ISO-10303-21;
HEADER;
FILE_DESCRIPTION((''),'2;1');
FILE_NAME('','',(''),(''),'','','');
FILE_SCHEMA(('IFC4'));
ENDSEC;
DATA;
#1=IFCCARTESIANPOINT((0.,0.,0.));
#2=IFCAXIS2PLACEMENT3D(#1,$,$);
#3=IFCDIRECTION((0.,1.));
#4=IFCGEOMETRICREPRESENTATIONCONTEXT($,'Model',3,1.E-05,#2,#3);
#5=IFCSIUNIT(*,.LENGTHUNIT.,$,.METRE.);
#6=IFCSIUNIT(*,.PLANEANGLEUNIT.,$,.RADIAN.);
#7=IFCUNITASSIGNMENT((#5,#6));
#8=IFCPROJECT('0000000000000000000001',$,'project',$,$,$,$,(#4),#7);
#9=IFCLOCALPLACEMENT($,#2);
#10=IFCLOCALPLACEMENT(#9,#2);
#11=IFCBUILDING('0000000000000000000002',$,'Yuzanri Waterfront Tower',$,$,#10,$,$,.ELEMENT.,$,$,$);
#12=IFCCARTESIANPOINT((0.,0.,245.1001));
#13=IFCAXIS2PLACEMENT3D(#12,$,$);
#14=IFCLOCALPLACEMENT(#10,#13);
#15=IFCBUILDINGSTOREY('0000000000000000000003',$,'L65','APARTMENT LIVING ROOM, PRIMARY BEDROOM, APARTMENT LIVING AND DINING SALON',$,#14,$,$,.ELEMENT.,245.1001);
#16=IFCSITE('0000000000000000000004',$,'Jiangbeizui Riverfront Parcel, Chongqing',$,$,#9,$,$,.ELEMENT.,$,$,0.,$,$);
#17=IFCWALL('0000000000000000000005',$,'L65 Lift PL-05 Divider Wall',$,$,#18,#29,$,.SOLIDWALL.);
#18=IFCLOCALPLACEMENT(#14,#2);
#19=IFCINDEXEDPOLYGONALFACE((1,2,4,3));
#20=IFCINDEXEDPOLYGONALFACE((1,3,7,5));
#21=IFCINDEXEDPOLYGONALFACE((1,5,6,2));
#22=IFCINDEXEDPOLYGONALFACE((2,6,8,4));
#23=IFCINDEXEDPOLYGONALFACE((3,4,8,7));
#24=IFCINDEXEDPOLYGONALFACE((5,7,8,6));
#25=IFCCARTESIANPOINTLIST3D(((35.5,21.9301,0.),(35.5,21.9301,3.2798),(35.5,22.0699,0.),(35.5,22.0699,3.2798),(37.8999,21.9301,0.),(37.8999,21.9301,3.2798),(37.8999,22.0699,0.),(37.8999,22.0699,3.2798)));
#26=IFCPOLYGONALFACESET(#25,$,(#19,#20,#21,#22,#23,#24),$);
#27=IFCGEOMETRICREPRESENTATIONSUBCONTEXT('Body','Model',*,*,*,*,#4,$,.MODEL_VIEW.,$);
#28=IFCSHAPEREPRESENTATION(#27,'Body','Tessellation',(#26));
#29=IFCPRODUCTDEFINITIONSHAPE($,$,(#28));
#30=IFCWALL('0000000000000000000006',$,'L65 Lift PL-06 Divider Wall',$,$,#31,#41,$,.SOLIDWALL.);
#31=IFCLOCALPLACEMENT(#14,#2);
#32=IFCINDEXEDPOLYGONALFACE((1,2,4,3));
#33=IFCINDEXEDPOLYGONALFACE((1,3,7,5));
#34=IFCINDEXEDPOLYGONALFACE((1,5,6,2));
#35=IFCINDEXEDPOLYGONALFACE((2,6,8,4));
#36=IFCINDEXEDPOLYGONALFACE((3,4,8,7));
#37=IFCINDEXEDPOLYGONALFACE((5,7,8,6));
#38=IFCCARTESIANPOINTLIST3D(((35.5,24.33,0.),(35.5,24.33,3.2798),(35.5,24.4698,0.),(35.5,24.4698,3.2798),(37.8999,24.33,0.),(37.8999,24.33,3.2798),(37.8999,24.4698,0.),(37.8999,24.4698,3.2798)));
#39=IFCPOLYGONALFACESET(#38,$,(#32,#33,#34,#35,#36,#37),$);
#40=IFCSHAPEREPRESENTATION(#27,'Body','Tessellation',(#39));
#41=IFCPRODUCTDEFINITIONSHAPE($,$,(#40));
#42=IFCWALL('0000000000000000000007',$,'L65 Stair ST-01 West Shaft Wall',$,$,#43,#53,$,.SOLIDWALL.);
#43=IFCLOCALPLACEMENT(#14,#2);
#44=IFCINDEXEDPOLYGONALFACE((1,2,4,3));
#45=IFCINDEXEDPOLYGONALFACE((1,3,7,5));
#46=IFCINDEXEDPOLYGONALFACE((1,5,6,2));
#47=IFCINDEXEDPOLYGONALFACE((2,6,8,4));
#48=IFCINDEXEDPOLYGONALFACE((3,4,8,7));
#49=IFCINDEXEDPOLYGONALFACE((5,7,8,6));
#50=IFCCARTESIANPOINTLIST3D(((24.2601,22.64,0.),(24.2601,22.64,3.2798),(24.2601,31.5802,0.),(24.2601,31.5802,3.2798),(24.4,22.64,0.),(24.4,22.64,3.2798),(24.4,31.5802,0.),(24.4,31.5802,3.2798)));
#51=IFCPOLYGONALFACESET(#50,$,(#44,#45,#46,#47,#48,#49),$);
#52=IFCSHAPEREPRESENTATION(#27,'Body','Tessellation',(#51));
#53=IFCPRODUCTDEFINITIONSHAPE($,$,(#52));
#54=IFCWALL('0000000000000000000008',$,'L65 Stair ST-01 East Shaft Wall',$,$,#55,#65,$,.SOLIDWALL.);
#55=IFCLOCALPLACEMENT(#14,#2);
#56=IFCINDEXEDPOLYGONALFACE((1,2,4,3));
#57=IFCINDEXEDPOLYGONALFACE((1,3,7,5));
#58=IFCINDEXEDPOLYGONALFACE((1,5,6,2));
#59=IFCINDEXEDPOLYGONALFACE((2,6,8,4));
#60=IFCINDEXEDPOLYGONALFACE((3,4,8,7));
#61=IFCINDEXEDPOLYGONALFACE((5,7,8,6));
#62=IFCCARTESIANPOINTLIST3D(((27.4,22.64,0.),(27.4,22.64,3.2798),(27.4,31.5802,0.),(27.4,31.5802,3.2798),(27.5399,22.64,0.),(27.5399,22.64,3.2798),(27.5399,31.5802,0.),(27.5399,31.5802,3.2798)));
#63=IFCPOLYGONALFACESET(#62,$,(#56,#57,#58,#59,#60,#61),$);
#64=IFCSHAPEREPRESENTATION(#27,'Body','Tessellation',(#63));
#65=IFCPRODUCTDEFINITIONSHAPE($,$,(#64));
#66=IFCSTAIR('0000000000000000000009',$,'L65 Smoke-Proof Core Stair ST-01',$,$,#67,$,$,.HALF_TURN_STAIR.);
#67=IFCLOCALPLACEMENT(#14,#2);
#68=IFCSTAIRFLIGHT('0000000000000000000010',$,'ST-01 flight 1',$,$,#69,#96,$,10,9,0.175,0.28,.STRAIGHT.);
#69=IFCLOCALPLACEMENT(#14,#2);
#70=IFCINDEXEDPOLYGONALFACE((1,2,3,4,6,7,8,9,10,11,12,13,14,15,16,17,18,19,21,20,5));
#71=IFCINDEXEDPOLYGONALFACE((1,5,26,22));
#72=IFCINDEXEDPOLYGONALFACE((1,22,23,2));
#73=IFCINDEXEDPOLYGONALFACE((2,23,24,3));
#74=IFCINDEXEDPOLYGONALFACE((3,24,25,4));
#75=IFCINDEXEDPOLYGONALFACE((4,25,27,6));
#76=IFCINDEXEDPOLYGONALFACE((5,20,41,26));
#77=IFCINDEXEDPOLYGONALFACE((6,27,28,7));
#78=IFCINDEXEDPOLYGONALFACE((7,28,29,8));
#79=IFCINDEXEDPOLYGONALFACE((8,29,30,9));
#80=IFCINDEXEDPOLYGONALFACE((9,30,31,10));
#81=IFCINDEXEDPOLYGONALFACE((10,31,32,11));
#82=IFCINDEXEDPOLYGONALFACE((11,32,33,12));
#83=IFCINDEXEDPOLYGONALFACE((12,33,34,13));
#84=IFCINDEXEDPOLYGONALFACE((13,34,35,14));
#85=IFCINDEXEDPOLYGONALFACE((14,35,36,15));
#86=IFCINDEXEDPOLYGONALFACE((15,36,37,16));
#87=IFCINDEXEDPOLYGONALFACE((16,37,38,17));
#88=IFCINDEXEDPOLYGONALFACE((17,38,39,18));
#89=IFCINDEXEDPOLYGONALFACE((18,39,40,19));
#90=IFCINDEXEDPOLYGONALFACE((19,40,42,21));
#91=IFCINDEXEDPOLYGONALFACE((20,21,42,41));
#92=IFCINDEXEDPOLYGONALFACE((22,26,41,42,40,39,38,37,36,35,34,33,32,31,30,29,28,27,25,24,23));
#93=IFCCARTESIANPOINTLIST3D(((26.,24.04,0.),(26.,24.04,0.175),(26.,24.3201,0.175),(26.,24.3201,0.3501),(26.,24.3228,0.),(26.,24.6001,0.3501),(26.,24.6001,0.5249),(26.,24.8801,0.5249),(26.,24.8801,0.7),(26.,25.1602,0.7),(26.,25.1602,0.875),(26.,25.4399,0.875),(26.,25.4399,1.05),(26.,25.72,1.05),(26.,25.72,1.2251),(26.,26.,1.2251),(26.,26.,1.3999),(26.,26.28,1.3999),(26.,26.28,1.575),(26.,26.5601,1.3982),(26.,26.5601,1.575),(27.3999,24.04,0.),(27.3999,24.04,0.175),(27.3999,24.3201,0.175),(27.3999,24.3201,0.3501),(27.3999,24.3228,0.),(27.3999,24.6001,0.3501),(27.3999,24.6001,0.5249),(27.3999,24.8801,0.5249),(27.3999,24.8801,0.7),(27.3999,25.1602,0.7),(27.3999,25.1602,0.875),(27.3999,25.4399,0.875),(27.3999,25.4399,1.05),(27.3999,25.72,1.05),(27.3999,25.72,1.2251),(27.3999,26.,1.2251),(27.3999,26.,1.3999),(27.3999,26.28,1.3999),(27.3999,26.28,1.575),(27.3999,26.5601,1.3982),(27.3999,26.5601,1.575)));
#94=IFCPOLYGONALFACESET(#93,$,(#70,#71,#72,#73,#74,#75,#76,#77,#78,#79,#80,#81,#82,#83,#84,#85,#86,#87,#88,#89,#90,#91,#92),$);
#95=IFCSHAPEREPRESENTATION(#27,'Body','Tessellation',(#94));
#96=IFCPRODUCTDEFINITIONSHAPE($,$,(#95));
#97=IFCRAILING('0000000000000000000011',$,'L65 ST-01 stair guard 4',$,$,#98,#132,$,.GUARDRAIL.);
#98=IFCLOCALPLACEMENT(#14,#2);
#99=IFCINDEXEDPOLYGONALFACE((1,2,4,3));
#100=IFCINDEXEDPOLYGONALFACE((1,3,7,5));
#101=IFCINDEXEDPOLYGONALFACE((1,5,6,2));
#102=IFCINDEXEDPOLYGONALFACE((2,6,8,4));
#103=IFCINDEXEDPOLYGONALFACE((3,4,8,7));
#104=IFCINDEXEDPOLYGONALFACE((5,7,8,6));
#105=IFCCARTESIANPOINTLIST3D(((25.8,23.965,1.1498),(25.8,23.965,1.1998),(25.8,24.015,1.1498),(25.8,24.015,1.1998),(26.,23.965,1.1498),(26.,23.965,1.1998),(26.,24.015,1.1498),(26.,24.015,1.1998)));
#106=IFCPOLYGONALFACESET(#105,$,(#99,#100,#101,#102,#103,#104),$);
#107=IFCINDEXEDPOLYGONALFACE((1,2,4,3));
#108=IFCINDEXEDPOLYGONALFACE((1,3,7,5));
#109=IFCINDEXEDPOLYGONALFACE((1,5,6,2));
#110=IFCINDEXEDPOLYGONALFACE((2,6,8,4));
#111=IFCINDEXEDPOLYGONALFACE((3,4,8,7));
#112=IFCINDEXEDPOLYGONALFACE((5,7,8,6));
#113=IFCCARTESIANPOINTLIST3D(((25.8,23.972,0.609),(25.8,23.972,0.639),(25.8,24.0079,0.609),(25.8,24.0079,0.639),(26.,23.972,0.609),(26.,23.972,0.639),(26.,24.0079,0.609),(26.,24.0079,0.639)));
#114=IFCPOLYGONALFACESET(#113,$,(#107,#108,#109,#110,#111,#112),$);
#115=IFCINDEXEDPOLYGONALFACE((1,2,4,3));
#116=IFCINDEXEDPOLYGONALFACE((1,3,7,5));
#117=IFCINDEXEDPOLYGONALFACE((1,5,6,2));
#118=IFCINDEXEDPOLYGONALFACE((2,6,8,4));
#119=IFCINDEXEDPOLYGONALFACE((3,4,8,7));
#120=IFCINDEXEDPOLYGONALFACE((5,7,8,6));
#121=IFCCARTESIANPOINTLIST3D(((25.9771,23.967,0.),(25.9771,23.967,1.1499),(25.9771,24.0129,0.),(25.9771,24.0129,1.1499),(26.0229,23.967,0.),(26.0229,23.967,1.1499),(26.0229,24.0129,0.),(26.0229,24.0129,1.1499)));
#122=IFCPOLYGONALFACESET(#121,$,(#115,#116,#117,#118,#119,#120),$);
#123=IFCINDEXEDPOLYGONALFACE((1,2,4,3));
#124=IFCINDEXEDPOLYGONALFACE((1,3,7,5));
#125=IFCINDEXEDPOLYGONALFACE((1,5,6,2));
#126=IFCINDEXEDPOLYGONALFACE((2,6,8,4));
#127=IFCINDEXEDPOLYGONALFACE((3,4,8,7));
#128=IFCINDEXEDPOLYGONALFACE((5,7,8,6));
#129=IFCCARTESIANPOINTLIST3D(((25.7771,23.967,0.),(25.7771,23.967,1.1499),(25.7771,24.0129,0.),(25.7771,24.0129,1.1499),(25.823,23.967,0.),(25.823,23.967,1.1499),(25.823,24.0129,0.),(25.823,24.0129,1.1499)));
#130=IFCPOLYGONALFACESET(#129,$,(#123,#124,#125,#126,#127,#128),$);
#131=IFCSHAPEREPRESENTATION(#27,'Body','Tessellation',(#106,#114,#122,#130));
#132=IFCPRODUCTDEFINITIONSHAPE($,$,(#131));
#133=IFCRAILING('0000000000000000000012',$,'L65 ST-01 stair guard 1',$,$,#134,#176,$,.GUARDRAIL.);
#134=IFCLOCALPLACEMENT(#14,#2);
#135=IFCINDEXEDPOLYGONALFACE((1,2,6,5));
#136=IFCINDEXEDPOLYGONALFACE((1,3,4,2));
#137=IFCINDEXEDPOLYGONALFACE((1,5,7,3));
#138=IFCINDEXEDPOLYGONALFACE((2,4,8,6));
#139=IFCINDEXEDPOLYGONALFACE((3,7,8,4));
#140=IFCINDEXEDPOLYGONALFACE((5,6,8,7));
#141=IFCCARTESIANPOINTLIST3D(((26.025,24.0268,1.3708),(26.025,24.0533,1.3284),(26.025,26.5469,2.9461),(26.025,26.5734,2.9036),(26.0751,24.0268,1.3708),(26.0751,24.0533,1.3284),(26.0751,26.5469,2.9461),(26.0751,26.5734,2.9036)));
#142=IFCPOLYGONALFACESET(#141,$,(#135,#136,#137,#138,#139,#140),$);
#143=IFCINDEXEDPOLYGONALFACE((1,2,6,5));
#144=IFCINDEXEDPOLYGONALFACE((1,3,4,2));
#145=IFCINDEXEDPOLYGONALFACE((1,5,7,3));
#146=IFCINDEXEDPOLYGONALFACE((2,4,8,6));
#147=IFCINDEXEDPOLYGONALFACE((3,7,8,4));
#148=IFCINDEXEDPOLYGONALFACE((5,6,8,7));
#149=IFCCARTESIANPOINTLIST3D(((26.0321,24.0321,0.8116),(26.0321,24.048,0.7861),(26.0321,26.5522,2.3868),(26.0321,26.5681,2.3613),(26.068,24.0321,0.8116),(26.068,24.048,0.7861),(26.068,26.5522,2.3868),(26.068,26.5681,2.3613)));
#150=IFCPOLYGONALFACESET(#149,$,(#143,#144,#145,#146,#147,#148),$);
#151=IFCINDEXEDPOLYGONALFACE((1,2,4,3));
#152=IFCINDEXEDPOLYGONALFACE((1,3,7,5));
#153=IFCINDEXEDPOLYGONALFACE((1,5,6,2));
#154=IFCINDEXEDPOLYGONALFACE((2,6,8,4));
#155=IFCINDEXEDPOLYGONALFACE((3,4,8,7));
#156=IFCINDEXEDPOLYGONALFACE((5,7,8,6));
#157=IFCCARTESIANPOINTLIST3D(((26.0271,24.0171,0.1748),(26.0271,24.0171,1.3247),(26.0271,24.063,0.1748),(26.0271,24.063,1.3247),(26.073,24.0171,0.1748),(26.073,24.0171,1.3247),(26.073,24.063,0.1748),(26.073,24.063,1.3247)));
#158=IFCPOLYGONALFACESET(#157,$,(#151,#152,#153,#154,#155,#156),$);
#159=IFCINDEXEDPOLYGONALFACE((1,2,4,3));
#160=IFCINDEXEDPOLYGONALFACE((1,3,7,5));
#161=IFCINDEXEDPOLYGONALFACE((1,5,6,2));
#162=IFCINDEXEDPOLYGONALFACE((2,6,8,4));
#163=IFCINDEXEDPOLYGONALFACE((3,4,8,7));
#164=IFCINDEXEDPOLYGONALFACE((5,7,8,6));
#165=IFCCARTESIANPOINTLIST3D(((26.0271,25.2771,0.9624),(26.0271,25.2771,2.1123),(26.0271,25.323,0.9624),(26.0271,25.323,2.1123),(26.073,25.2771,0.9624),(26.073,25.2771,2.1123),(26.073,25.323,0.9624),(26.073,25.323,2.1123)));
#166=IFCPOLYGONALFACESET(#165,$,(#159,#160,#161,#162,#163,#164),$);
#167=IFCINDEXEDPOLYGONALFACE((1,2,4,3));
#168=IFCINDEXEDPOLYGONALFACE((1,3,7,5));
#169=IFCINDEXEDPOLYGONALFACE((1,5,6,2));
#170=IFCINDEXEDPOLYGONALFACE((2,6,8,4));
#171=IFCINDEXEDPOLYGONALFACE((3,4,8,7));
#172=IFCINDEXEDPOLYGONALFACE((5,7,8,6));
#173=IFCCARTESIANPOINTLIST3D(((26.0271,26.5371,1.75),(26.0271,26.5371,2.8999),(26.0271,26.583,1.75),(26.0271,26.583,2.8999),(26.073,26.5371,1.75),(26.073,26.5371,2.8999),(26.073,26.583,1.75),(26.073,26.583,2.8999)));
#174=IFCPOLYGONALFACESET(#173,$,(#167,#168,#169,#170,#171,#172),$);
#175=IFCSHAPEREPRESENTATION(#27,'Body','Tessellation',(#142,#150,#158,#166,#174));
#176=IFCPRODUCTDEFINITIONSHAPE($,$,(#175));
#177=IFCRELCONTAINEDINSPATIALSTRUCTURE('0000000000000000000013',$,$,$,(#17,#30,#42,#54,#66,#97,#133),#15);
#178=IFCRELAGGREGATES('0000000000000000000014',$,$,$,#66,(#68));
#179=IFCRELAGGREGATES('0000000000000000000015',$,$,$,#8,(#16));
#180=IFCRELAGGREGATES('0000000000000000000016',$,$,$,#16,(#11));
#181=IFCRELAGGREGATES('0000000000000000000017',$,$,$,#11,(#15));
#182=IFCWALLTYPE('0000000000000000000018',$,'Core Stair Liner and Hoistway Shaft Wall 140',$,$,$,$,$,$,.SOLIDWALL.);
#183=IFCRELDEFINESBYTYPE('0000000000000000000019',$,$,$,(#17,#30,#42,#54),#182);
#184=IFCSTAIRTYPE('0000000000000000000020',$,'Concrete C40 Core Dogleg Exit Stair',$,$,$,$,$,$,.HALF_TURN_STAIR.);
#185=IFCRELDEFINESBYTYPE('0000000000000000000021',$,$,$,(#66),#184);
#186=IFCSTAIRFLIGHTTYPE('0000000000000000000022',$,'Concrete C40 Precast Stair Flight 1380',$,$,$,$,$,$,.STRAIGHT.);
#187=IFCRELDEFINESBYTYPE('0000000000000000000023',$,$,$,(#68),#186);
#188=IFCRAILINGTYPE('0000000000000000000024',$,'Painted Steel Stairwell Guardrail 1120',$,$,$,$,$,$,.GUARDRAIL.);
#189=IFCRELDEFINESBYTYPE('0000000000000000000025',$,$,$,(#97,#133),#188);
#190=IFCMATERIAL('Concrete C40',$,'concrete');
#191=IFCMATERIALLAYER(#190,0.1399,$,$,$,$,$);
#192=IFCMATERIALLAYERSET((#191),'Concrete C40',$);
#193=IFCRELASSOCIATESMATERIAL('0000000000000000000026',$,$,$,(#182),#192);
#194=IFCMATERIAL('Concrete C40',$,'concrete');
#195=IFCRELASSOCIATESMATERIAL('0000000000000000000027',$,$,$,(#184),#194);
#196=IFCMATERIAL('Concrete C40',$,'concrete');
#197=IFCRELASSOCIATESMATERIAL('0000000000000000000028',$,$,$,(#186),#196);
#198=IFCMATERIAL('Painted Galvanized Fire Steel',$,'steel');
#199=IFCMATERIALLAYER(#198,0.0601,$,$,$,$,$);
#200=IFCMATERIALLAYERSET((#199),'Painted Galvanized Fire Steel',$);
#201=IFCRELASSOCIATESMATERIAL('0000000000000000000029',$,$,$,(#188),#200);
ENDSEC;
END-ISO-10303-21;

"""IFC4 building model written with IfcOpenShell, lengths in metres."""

from ifc_helpers import new_model, si_unit, direction, frame, frame_2d, origin, origin_2d, place, context, subcontext, project, spatial, polyline, rectangle, outline, extrude, source, transform, mapped, material, layer, layer_set, type_object, element, aggregate, save


model = new_model("IFC4")

# Units and contexts
model_context = context("Model", 3, precision=1e-05, world=origin(), true_north=direction((0.0, 1.0)))
body_context = subcontext(model_context, "Body", "Model", "MODEL_VIEW")
ifc_project = project(units=[si_unit("LENGTHUNIT", "METRE"), si_unit("PLANEANGLEUNIT", "RADIAN")], contexts=[model_context])

# Site, building, storey
site_placement = place(None, origin())
site = spatial("IfcSite", under=ifc_project, at=site_placement, Name="Jiangbeizui Riverfront Parcel, Chongqing", CompositionType="ELEMENT", RefElevation=0.0)
building_placement = place(site_placement, origin())
building = spatial("IfcBuilding", under=site, at=building_placement, Name="Yuzanri Waterfront Tower", CompositionType="ELEMENT")
storey_placement = place(building_placement, frame((0.0, 0.0, 245.1001)))
storey = spatial("IfcBuildingStorey", under=building, at=storey_placement, Name="L65", Description="APARTMENT LIVING ROOM, PRIMARY BEDROOM, APARTMENT LIVING AND DINING SALON", CompositionType="ELEMENT", Elevation=245.1001)

# Shared definitions
ifc_material_1 = material(Name="Concrete C40", Category="concrete")
ifc_layer_1 = layer(ifc_material_1, 0.1399)
ifc_layer_set_1 = layer_set([ifc_layer_1], Name="Concrete C40")
wall_type_1 = type_object("IfcWallType", Name="Core Stair Liner and Hoistway Shaft Wall 140", PredefinedType="SOLIDWALL", material=ifc_layer_set_1)

# Walls
shared_shape_1 = source(origin(), body_context, "Body", "SweptSolid", [
    extrude(rectangle(XDim=2.3999, YDim=0.1399, at=frame_2d((1.2, 0.0))), origin(), (0.0, 0.0, 1.0), 3.2798),
])
for number, where, z_axis, x_axis, name in (
    (1, (35.5, 22.0, 0.0), (0.0, 0.0, 1.0), (1.0, 0.0, 0.0), "L65 Lift PL-05 Divider Wall"),
    (2, (35.5, 24.3999, 0.0), (0.0, 0.0, 1.0), (1.0, 0.0, 0.0), "L65 Lift PL-06 Divider Wall"),
):
    element("IfcWall", number, at=place(storey_placement, frame(where, z_axis=z_axis, x_axis=x_axis)), inside=storey, type_object=wall_type_1, Name=name, PredefinedType="SOLIDWALL", context=body_context, shape_type="MappedRepresentation", body=[
        mapped(shared_shape_1, transform((0.0, 0.0, 0.0), scale=1.0)),
    ])
shared_shape_2 = source(origin(), body_context, "Body", "SweptSolid", [
    extrude(rectangle(XDim=8.9402, YDim=0.1399, at=frame_2d((4.4702, 0.0))), origin(), (0.0, 0.0, 1.0), 3.2798),
])
for number, where, z_axis, x_axis, name in (
    (3, (24.3301, 22.6399, 0.0), (0.0, 0.0, 1.0), (0.0, 1.0, 0.0), "L65 Stair ST-01 West Shaft Wall"),
    (4, (27.47, 22.6399, 0.0), (0.0, 0.0, 1.0), (0.0, 1.0, 0.0), "L65 Stair ST-01 East Shaft Wall"),
):
    element("IfcWall", number, at=place(storey_placement, frame(where, z_axis=z_axis, x_axis=x_axis)), inside=storey, type_object=wall_type_1, Name=name, PredefinedType="SOLIDWALL", context=body_context, shape_type="MappedRepresentation", body=[
        mapped(shared_shape_2, transform((0.0, 0.0, 0.0), scale=1.0)),
    ])

# Stair, stair flight
ifc_material_2 = material(Name="Concrete C40", Category="concrete")
stair_type = type_object("IfcStairType", Name="Concrete C40 Core Dogleg Exit Stair", PredefinedType="HALF_TURN_STAIR", material=ifc_material_2)
stair_placement = place(storey_placement, origin())
stair = element("IfcStair", 5, at=stair_placement, inside=storey, type_object=stair_type, Name="L65 Smoke-Proof Core Stair ST-01", PredefinedType="HALF_TURN_STAIR")
ifc_material_3 = material(Name="Concrete C40", Category="concrete")
stair_flight_type = type_object("IfcStairFlightType", Name="Concrete C40 Precast Stair Flight 1380", PredefinedType="STRAIGHT", material=ifc_material_3)
shared_shape_3 = source(origin(), body_context, "Body", "SweptSolid", [
    extrude(outline(polyline([(0.0, 0.0), (0.0, 0.175), (0.28, 0.175), (0.28, 0.3501), (0.5601, 0.3501), (0.5601, 0.5249), (0.8401, 0.5249), (0.8401, 0.7), (1.1201, 0.7), (1.1201, 0.875), (1.3999, 0.875), (1.3999, 1.05), (1.6799, 1.05), (1.6799, 1.2251), (1.96, 1.2251), (1.96, 1.3999), (2.24, 1.3999), (2.24, 1.575), (2.52, 1.575), (2.52, 1.75), (2.52, 1.3982), (0.2827, 0.0), (0.0, 0.0)])), frame((0.0, 0.7, 0.0), z_axis=(0.0, -1.0, 0.0), x_axis=(1.0, 0.0, 0.0)), (0.0, 0.0, 1.0), 1.3999),
])
stair_flight_placement = place(storey_placement, frame((26.7, 24.04, 0.0), z_axis=(0.0, 0.0, 1.0), x_axis=(0.0, 1.0, 0.0)))
stair_flight = element("IfcStairFlight", 6, at=stair_flight_placement, type_object=stair_flight_type, Name="ST-01 flight 1", NumberOfRisers=10, NumberOfTreads=9, PredefinedType="STRAIGHT", RiserHeight=0.175, TreadLength=0.28, context=body_context, shape_type="MappedRepresentation", body=[
    mapped(shared_shape_3, transform((0.0, 0.0, 0.0), scale=1.0)),
])
aggregate(stair, [stair_flight])

# Railings
ifc_material_4 = material(Name="Painted Galvanized Fire Steel", Category="steel")
ifc_layer_2 = layer(ifc_material_4, 0.0601)
ifc_layer_set_2 = layer_set([ifc_layer_2], Name="Painted Galvanized Fire Steel")
railing_type_1 = type_object("IfcRailingType", Name="Painted Steel Stairwell Guardrail 1120", PredefinedType="GUARDRAIL", material=ifc_layer_set_2)
shared_shape_4 = source(origin(), body_context, "Body", "SweptSolid", [
    extrude(rectangle(XDim=0.05, YDim=0.05, at=origin_2d()), frame((0.0, 0.0, 1.1748), z_axis=(-1.0, 0.0, 0.0), x_axis=(0.0, -1.0, 0.0)), (0.0, 0.0, 1.0), 0.2),
    extrude(rectangle(XDim=0.0359, YDim=0.03, at=origin_2d()), frame((0.0, 0.0, 0.624), z_axis=(-1.0, 0.0, 0.0), x_axis=(0.0, -1.0, 0.0)), (0.0, 0.0, 1.0), 0.2),
    extrude(rectangle(XDim=0.0459, YDim=0.0459, at=origin_2d()), origin(), (0.0, 0.0, 1.0), 1.1499),
    extrude(rectangle(XDim=0.0459, YDim=0.0459, at=origin_2d()), frame((-0.2, 0.0, 0.0)), (0.0, 0.0, 1.0), 1.1499),
])
railing_1_placement = place(storey_placement, frame((26.0, 23.99, 0.0)))
element("IfcRailing", 7, at=railing_1_placement, inside=storey, type_object=railing_type_1, Name="L65 ST-01 stair guard 4", PredefinedType="GUARDRAIL", context=body_context, shape_type="MappedRepresentation", body=[
    mapped(shared_shape_4, transform((0.0, 0.0, 0.0), scale=1.0)),
])
shared_shape_5 = source(origin(), body_context, "Body", "SweptSolid", [
    extrude(rectangle(XDim=0.05, YDim=0.05, at=origin_2d()), frame((0.0, 0.0, 1.1748), z_axis=(0.0, 0.847971, 0.530043), x_axis=(-1.0, 0.0, 0.0)), (0.0, 0.0, 1.0), 2.9719),
    extrude(rectangle(XDim=0.0359, YDim=0.03, at=origin_2d()), frame((0.0, 0.0, 0.624), z_axis=(0.0, 0.847971, 0.530043), x_axis=(-1.0, 0.0, 0.0)), (0.0, 0.0, 1.0), 2.9719),
    extrude(rectangle(XDim=0.0459, YDim=0.0459, at=origin_2d()), origin(), (0.0, 0.0, 1.0), 1.1499),
    extrude(rectangle(XDim=0.0459, YDim=0.0459, at=origin_2d()), frame((0.0, 1.26, 0.7876)), (0.0, 0.0, 1.0), 1.1499),
    extrude(rectangle(XDim=0.0459, YDim=0.0459, at=origin_2d()), frame((0.0, 2.52, 1.5752)), (0.0, 0.0, 1.0), 1.1499),
])
railing_2_placement = place(storey_placement, frame((26.05, 24.04, 0.1748)))
element("IfcRailing", 8, at=railing_2_placement, inside=storey, type_object=railing_type_1, Name="L65 ST-01 stair guard 1", PredefinedType="GUARDRAIL", context=body_context, shape_type="MappedRepresentation", body=[
    mapped(shared_shape_5, transform((0.0, 0.0, 0.0), scale=1.0)),
])

save(model, "model.ifc")
